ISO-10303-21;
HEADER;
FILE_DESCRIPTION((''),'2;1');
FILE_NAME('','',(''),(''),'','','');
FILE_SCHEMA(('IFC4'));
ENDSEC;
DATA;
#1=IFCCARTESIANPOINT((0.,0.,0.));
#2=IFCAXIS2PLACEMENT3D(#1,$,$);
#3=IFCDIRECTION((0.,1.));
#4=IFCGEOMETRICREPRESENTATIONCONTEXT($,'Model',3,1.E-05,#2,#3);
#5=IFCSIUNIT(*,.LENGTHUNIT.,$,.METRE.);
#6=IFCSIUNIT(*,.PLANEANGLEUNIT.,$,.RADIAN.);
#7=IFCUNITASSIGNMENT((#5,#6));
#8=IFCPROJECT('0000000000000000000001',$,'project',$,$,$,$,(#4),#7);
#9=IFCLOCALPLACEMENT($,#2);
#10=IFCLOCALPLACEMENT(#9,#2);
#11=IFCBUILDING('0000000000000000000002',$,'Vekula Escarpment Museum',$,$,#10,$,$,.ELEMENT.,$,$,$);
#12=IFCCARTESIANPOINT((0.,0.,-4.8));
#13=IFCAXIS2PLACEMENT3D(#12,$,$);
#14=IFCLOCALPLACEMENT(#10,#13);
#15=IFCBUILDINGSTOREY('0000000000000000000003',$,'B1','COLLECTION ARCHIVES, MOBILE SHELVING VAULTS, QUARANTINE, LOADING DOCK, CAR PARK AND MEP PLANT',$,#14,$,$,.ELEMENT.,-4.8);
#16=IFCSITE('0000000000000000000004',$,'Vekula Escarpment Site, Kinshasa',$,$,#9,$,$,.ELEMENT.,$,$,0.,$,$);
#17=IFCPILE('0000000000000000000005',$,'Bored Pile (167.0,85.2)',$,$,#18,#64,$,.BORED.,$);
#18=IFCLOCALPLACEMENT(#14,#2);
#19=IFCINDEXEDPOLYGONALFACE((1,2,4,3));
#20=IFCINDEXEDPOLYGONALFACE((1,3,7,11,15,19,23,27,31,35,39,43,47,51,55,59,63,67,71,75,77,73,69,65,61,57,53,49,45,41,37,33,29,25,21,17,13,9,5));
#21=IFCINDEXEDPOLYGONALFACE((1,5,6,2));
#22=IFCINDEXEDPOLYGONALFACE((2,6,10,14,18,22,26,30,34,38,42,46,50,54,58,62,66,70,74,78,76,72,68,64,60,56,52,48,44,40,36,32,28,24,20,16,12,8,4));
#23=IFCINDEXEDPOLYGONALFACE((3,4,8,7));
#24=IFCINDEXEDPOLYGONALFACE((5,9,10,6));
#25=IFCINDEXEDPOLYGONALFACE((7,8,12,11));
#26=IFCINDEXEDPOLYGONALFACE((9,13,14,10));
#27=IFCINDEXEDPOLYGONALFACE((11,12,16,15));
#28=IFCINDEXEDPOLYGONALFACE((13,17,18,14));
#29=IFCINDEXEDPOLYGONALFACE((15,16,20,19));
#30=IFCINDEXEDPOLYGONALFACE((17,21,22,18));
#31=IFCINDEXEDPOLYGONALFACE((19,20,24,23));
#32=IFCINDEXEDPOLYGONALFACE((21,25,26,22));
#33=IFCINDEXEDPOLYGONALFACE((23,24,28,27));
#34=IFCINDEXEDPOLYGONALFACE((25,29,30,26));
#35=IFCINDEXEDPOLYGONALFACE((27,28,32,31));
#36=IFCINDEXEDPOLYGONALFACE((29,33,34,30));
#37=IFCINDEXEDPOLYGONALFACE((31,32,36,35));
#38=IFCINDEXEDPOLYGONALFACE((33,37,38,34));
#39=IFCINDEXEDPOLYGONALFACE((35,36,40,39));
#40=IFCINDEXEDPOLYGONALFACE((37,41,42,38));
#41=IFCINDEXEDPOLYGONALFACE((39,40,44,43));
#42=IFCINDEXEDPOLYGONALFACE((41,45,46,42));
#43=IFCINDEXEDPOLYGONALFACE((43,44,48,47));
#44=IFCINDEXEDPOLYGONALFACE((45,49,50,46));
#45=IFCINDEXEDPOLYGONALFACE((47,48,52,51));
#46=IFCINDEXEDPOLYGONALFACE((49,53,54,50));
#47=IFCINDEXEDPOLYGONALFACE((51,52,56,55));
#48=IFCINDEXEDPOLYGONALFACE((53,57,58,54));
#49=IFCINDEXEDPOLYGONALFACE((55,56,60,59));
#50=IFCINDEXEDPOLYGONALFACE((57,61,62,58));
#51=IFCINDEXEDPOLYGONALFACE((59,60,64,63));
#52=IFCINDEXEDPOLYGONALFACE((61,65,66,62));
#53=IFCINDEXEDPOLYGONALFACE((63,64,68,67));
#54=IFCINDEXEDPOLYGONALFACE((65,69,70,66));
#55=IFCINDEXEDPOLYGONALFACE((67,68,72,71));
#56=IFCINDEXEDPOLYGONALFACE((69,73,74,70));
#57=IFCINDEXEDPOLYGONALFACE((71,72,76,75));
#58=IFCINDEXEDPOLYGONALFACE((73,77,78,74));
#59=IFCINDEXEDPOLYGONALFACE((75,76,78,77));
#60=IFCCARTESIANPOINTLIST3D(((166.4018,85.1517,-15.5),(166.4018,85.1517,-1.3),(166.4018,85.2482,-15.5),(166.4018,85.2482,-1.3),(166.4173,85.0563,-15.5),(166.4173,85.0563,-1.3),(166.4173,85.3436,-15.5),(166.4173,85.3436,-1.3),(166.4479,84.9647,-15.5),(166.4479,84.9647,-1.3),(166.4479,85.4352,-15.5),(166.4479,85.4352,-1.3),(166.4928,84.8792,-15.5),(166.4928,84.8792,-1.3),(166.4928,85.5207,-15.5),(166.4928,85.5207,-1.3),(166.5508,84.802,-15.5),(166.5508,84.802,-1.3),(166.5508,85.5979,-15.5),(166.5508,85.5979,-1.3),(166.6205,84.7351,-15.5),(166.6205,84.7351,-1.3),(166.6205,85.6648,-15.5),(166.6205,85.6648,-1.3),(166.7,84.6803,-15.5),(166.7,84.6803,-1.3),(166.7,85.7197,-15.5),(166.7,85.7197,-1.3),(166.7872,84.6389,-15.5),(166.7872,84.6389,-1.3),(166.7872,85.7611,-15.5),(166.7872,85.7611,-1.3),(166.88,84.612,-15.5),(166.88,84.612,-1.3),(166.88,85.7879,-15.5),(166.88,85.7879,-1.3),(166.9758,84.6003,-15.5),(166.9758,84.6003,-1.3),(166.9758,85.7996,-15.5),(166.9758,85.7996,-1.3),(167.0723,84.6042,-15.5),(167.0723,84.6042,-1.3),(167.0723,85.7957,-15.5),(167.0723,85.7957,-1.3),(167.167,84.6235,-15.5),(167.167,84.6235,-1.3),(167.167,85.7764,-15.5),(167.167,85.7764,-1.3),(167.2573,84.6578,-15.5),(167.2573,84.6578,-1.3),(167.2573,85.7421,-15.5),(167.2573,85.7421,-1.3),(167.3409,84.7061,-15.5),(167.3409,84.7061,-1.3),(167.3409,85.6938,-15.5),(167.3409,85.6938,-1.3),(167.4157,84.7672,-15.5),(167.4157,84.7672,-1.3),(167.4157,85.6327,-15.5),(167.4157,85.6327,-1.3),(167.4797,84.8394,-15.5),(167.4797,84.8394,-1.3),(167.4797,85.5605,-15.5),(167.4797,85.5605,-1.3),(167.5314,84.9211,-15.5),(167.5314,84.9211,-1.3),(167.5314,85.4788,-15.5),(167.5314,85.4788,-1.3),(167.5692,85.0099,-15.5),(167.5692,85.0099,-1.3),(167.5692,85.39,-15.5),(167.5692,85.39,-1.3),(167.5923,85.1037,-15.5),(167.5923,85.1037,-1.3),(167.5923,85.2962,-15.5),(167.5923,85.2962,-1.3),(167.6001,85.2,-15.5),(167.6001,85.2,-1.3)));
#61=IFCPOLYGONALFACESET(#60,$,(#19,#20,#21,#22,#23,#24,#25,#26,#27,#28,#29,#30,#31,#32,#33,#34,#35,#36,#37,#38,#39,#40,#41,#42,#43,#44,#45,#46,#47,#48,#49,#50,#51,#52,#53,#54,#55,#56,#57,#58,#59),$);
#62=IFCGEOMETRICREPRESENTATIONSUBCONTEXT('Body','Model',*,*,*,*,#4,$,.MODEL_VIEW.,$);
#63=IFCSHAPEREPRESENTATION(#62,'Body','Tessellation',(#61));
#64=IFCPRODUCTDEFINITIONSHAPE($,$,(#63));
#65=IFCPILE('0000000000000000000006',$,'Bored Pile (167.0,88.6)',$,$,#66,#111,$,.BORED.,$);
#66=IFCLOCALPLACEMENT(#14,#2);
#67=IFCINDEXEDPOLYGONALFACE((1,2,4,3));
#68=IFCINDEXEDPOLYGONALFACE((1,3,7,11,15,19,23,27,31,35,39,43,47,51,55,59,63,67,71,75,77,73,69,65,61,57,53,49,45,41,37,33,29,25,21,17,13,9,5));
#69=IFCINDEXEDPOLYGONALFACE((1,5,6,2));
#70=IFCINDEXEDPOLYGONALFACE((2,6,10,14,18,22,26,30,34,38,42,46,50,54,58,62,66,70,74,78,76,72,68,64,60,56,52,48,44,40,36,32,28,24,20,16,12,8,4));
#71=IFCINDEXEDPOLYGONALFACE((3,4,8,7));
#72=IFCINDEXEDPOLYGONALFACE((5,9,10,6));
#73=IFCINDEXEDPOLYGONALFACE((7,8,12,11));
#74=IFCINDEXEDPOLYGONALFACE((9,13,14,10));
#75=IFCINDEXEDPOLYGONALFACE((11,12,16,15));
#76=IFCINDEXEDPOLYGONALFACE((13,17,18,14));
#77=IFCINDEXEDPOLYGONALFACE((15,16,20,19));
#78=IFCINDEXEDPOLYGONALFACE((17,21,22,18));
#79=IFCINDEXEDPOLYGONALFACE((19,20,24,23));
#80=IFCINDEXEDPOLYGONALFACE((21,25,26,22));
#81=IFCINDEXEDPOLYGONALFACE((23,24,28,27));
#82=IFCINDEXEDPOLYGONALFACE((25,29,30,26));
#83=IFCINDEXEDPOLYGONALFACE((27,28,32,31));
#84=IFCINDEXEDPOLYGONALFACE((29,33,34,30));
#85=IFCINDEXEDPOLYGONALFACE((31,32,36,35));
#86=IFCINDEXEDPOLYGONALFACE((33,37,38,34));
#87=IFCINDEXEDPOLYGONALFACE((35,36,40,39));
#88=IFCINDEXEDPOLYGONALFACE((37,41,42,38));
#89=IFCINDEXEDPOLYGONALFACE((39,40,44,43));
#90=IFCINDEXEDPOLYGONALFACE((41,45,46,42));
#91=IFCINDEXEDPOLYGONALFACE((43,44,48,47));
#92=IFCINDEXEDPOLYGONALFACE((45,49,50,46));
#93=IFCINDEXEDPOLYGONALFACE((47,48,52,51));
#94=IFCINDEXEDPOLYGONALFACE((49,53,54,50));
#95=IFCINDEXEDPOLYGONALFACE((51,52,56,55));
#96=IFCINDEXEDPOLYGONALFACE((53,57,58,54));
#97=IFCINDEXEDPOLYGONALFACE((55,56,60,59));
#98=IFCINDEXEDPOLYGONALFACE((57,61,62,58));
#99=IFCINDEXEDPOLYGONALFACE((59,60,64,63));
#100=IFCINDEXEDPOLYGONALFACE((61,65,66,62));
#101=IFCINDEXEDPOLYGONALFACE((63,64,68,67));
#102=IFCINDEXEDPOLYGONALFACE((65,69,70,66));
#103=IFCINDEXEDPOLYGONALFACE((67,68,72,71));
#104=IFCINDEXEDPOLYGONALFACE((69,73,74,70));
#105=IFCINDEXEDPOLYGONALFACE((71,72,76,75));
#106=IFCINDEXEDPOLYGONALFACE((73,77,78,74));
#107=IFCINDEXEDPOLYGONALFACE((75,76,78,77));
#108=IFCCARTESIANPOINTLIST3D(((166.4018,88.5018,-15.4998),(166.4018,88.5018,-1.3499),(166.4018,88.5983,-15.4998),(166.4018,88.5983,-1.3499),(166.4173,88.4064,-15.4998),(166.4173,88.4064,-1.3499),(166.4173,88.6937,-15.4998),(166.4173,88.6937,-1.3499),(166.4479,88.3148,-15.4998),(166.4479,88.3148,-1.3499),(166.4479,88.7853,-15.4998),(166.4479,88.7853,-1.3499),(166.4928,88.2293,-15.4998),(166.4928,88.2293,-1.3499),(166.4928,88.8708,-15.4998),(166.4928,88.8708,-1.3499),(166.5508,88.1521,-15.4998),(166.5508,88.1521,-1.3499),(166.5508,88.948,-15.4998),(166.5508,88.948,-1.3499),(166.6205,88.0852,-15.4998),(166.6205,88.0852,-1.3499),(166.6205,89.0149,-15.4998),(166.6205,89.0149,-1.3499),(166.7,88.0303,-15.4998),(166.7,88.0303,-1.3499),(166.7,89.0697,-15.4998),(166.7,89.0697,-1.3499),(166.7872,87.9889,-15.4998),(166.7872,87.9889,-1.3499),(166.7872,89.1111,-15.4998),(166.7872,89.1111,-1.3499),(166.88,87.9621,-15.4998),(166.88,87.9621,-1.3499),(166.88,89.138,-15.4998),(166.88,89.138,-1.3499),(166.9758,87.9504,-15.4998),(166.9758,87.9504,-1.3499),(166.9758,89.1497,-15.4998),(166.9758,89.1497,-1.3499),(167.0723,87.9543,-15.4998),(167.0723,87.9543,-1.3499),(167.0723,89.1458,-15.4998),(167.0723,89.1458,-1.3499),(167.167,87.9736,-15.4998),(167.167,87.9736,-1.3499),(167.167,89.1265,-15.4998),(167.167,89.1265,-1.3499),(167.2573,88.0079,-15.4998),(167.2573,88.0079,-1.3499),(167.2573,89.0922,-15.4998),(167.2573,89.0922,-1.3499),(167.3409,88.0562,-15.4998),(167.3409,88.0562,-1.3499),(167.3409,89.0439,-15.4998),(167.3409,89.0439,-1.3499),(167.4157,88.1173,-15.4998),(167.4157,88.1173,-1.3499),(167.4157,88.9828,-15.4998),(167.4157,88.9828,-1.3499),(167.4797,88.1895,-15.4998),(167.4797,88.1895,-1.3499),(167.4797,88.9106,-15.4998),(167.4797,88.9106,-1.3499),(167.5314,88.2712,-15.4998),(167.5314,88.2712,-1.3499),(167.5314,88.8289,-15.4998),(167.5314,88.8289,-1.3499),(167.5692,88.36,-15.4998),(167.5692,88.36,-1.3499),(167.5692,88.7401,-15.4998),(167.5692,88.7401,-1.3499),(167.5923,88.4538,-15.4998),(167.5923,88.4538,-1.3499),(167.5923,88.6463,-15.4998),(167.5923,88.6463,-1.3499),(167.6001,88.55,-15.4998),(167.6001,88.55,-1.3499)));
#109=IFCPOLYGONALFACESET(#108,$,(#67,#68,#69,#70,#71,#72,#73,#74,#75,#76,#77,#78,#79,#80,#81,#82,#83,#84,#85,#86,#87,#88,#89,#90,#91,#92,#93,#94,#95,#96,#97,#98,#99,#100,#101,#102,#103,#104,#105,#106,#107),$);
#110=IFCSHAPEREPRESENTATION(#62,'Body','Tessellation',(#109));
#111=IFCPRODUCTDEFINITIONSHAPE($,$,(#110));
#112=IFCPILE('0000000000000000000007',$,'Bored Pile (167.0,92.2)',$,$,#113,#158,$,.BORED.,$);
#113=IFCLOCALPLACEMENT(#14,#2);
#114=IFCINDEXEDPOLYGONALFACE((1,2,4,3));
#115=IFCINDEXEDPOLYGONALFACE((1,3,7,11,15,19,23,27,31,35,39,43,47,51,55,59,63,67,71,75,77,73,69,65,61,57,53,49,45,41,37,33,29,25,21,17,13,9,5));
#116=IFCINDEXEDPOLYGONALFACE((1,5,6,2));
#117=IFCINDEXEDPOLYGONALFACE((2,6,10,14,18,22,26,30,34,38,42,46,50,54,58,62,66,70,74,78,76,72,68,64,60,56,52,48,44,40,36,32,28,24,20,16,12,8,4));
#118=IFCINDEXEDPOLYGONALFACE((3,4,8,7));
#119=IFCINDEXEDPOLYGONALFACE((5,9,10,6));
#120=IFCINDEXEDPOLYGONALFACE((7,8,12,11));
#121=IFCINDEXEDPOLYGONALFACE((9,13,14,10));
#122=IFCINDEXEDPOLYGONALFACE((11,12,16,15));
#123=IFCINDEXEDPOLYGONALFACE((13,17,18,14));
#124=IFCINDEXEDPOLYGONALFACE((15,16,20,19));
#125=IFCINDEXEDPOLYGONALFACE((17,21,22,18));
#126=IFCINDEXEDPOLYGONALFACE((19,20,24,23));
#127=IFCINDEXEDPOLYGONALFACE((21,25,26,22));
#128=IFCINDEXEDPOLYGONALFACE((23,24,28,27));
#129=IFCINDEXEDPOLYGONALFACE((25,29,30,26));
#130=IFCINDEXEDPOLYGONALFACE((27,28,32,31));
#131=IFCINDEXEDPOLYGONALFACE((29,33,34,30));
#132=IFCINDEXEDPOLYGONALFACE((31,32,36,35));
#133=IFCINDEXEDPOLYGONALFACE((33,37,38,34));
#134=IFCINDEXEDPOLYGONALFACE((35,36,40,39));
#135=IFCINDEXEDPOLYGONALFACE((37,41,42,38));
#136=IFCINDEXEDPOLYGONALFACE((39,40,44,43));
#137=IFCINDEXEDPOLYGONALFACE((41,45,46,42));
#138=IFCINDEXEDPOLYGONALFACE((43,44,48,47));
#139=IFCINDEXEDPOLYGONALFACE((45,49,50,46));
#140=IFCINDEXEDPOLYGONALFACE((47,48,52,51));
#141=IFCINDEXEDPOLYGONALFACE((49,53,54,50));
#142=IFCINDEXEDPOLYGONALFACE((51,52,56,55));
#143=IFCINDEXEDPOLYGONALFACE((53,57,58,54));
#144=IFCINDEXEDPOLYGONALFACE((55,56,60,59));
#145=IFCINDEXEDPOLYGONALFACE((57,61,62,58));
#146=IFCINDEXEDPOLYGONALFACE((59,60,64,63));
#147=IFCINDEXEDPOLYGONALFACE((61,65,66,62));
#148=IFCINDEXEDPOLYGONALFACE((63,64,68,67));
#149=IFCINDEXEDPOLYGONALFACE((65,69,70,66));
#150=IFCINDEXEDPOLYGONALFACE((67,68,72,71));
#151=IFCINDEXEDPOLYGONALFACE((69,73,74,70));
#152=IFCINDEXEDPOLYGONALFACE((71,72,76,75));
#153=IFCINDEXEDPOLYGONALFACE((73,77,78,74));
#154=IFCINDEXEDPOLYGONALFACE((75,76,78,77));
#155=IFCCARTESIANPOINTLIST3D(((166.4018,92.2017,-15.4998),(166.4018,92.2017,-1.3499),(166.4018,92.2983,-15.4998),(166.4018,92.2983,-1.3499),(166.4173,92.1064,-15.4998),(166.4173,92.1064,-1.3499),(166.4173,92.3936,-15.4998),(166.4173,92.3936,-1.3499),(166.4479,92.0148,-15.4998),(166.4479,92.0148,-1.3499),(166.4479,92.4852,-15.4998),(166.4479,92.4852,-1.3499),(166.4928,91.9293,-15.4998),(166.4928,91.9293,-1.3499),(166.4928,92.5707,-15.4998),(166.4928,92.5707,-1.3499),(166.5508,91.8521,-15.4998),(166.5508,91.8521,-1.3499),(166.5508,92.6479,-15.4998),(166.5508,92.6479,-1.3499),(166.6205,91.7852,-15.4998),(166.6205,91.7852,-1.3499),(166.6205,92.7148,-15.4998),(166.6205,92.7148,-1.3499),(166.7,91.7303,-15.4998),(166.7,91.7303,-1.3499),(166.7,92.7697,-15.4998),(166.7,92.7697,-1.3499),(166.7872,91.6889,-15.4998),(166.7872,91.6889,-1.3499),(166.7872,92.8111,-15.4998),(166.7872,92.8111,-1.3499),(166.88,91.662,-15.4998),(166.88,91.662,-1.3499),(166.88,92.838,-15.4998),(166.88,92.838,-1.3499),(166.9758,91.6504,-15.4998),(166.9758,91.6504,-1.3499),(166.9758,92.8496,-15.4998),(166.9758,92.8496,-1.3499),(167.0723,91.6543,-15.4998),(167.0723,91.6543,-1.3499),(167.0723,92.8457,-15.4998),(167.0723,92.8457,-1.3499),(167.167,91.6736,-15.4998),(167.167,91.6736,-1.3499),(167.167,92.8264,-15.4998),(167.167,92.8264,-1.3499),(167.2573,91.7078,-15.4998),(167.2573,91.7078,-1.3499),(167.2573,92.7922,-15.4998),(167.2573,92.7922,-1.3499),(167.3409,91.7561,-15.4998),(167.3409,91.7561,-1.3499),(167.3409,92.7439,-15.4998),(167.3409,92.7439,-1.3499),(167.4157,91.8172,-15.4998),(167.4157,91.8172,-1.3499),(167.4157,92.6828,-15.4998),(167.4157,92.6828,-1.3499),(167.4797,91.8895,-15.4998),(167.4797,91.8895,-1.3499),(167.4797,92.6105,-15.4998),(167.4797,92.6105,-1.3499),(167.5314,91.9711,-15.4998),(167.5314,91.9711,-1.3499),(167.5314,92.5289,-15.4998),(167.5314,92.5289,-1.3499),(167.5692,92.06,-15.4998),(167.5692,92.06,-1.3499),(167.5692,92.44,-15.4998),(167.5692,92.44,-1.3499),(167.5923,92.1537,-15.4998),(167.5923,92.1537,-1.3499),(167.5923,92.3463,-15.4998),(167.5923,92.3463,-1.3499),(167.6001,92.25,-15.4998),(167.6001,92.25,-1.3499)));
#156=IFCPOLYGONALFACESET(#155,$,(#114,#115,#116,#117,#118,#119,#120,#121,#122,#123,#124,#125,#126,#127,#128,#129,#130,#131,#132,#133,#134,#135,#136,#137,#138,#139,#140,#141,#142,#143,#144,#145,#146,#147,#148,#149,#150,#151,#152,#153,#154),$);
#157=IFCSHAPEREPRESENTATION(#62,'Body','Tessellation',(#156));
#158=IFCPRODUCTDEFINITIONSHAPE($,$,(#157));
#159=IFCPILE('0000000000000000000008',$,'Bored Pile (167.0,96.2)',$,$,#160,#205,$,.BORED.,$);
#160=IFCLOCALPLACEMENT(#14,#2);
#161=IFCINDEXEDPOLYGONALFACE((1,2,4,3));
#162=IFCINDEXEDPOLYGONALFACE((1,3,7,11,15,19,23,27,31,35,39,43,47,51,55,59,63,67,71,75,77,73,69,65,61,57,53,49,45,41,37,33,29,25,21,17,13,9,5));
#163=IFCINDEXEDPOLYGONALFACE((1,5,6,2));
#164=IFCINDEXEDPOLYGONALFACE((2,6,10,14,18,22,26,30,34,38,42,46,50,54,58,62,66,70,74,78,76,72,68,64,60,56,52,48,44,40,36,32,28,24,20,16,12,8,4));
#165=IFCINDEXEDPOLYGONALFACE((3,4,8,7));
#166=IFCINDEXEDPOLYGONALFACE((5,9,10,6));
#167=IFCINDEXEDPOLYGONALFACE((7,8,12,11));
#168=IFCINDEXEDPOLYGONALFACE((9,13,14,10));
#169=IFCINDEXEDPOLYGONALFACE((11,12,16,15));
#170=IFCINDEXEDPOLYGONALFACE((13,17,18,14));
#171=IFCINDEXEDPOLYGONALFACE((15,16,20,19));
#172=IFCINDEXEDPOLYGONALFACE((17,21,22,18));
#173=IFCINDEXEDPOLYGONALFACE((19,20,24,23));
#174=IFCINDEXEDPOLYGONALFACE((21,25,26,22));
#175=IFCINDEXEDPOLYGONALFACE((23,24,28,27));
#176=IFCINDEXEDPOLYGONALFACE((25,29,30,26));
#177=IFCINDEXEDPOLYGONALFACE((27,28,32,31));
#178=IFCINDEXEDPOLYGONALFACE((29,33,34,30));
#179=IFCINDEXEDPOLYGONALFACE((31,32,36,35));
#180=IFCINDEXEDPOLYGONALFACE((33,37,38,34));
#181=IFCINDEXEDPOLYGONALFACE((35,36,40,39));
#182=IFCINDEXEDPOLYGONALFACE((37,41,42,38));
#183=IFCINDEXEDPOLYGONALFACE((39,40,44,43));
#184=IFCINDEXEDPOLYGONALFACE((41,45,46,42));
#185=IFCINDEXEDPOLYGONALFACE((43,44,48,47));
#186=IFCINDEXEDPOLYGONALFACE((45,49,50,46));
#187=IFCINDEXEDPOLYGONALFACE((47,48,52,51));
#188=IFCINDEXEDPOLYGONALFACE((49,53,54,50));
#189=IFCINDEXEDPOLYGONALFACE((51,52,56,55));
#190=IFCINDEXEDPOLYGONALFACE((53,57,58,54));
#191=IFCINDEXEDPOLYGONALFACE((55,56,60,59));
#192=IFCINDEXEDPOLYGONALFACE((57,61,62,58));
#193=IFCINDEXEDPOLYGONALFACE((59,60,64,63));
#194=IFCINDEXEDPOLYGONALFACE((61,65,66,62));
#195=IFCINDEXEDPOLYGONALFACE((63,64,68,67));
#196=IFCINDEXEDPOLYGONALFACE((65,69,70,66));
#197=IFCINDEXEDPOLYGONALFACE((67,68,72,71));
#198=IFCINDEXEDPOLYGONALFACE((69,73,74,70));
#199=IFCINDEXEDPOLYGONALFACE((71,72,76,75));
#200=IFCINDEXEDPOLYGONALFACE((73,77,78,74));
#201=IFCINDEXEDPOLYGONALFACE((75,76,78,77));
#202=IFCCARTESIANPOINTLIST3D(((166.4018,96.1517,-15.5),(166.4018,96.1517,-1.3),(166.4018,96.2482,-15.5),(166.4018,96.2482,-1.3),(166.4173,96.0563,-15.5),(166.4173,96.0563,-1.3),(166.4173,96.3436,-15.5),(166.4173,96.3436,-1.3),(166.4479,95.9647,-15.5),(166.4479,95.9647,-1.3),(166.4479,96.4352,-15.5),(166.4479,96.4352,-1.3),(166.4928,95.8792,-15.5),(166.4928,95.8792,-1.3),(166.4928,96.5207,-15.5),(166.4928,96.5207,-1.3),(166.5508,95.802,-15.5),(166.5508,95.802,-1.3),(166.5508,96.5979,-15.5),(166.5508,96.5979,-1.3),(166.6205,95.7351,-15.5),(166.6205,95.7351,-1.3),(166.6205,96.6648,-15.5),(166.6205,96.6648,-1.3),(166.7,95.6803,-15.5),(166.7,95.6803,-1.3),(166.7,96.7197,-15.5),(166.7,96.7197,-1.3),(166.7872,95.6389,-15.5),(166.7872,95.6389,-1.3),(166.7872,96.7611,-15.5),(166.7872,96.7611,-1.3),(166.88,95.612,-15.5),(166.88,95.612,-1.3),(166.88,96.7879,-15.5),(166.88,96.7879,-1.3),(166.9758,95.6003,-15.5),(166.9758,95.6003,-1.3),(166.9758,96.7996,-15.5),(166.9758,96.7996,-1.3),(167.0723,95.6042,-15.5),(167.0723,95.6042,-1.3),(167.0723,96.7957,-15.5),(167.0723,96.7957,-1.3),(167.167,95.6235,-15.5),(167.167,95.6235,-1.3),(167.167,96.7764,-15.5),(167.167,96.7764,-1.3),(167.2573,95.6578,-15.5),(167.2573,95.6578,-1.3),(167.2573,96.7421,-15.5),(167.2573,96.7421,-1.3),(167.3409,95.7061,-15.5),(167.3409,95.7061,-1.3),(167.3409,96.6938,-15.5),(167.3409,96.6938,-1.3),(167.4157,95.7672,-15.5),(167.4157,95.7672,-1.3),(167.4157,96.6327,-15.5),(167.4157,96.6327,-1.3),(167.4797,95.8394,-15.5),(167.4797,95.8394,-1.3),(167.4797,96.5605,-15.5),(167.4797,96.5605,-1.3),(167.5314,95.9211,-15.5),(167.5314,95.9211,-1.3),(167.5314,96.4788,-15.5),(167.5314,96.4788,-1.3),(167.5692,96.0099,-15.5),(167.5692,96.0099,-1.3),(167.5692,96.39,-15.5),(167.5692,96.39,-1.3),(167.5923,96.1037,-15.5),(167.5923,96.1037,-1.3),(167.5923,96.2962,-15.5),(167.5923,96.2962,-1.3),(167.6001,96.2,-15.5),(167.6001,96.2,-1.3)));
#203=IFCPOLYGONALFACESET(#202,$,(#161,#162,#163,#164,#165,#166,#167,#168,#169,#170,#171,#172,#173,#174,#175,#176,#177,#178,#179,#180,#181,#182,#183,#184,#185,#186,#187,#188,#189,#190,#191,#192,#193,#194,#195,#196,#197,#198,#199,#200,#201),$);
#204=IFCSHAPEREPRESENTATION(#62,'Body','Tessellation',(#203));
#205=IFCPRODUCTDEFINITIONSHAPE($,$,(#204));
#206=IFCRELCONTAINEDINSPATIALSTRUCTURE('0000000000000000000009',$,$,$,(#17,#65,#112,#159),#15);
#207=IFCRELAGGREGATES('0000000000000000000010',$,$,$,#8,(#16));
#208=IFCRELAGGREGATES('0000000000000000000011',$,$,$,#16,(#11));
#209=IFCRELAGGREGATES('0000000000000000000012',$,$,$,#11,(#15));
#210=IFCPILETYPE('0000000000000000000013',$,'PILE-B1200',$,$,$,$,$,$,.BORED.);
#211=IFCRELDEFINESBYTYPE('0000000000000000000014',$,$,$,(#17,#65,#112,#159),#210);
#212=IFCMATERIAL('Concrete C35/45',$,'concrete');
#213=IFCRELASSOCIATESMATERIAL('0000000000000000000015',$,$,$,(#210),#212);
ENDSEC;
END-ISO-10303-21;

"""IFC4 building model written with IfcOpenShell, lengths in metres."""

from ifc_helpers import new_model, si_unit, direction, frame, origin, origin_2d, place, context, subcontext, project, spatial, circle, extrude, material, material_profile, profile_set, type_object, element, save


model = new_model("IFC4")

# Units and contexts
model_context = context("Model", 3, precision=1e-05, world=origin(), true_north=direction((0.0, 1.0)))
body_context = subcontext(model_context, "Body", "Model", "MODEL_VIEW")
ifc_project = project(units=[si_unit("LENGTHUNIT", "METRE"), si_unit("PLANEANGLEUNIT", "RADIAN")], contexts=[model_context])

# Site, building, storey
site_placement = place(None, origin())
site = spatial("IfcSite", under=ifc_project, at=site_placement, Name="Vekula Escarpment Site, Kinshasa", CompositionType="ELEMENT", RefElevation=0.0)
building_placement = place(site_placement, origin())
building = spatial("IfcBuilding", under=site, at=building_placement, Name="Vekula Escarpment Museum", CompositionType="ELEMENT")
storey_placement = place(building_placement, frame((0.0, 0.0, -4.8)))
storey = spatial("IfcBuildingStorey", under=building, at=storey_placement, Name="B1", Description="COLLECTION ARCHIVES, MOBILE SHELVING VAULTS, QUARANTINE, LOADING DOCK, CAR PARK AND MEP PLANT", CompositionType="ELEMENT", Elevation=-4.8)

# Piles
ifc_material_1 = material(Name="Concrete C35/45", Category="concrete")
ifc_material_profile_1 = material_profile(ifc_material_1, circle(Radius=0.6001, at=origin_2d()), Name="BORED PILE 1200")
ifc_profile_set_1 = profile_set([ifc_material_profile_1], Name="Concrete C35/45")
pile_type = type_object("IfcPileType", Name="PILE-B1200", PredefinedType="BORED", material=ifc_profile_set_1)
for number, where, z_axis, x_axis, name in (
    (1, (167.0, 85.2, -1.3), (0.0, 0.0, -1.0), (1.0, 0.0, 0.0), "Bored Pile (167.0,85.2)"),
):
    element("IfcPile", number, at=place(storey_placement, frame(where, z_axis=z_axis, x_axis=x_axis)), inside=storey, type_object=pile_type, Name=name, PredefinedType="BORED", context=body_context, shape_type="SweptSolid", body=[
        extrude(circle(Radius=0.6001, at=origin_2d()), origin(), (0.0, 0.0, 1.0), 14.2),
    ])
for number, where, z_axis, x_axis, name in (
    (2, (167.0, 88.55, -1.3499), (0.0, 0.0, -1.0), (1.0, 0.0, 0.0), "Bored Pile (167.0,88.6)"),
    (3, (167.0, 92.25, -1.3499), (0.0, 0.0, -1.0), (1.0, 0.0, 0.0), "Bored Pile (167.0,92.2)"),
):
    element("IfcPile", number, at=place(storey_placement, frame(where, z_axis=z_axis, x_axis=x_axis)), inside=storey, type_object=pile_type, Name=name, PredefinedType="BORED", context=body_context, shape_type="SweptSolid", body=[
        extrude(circle(Radius=0.6001, at=origin_2d()), origin(), (0.0, 0.0, 1.0), 14.1499),
    ])
for number, where, z_axis, x_axis, name in (
    (4, (167.0, 96.2, -1.3), (0.0, 0.0, -1.0), (1.0, 0.0, 0.0), "Bored Pile (167.0,96.2)"),
):
    element("IfcPile", number, at=place(storey_placement, frame(where, z_axis=z_axis, x_axis=x_axis)), inside=storey, type_object=pile_type, Name=name, PredefinedType="BORED", context=body_context, shape_type="SweptSolid", body=[
        extrude(circle(Radius=0.6001, at=origin_2d()), origin(), (0.0, 0.0, 1.0), 14.2),
    ])

save(model, "model.ifc")
